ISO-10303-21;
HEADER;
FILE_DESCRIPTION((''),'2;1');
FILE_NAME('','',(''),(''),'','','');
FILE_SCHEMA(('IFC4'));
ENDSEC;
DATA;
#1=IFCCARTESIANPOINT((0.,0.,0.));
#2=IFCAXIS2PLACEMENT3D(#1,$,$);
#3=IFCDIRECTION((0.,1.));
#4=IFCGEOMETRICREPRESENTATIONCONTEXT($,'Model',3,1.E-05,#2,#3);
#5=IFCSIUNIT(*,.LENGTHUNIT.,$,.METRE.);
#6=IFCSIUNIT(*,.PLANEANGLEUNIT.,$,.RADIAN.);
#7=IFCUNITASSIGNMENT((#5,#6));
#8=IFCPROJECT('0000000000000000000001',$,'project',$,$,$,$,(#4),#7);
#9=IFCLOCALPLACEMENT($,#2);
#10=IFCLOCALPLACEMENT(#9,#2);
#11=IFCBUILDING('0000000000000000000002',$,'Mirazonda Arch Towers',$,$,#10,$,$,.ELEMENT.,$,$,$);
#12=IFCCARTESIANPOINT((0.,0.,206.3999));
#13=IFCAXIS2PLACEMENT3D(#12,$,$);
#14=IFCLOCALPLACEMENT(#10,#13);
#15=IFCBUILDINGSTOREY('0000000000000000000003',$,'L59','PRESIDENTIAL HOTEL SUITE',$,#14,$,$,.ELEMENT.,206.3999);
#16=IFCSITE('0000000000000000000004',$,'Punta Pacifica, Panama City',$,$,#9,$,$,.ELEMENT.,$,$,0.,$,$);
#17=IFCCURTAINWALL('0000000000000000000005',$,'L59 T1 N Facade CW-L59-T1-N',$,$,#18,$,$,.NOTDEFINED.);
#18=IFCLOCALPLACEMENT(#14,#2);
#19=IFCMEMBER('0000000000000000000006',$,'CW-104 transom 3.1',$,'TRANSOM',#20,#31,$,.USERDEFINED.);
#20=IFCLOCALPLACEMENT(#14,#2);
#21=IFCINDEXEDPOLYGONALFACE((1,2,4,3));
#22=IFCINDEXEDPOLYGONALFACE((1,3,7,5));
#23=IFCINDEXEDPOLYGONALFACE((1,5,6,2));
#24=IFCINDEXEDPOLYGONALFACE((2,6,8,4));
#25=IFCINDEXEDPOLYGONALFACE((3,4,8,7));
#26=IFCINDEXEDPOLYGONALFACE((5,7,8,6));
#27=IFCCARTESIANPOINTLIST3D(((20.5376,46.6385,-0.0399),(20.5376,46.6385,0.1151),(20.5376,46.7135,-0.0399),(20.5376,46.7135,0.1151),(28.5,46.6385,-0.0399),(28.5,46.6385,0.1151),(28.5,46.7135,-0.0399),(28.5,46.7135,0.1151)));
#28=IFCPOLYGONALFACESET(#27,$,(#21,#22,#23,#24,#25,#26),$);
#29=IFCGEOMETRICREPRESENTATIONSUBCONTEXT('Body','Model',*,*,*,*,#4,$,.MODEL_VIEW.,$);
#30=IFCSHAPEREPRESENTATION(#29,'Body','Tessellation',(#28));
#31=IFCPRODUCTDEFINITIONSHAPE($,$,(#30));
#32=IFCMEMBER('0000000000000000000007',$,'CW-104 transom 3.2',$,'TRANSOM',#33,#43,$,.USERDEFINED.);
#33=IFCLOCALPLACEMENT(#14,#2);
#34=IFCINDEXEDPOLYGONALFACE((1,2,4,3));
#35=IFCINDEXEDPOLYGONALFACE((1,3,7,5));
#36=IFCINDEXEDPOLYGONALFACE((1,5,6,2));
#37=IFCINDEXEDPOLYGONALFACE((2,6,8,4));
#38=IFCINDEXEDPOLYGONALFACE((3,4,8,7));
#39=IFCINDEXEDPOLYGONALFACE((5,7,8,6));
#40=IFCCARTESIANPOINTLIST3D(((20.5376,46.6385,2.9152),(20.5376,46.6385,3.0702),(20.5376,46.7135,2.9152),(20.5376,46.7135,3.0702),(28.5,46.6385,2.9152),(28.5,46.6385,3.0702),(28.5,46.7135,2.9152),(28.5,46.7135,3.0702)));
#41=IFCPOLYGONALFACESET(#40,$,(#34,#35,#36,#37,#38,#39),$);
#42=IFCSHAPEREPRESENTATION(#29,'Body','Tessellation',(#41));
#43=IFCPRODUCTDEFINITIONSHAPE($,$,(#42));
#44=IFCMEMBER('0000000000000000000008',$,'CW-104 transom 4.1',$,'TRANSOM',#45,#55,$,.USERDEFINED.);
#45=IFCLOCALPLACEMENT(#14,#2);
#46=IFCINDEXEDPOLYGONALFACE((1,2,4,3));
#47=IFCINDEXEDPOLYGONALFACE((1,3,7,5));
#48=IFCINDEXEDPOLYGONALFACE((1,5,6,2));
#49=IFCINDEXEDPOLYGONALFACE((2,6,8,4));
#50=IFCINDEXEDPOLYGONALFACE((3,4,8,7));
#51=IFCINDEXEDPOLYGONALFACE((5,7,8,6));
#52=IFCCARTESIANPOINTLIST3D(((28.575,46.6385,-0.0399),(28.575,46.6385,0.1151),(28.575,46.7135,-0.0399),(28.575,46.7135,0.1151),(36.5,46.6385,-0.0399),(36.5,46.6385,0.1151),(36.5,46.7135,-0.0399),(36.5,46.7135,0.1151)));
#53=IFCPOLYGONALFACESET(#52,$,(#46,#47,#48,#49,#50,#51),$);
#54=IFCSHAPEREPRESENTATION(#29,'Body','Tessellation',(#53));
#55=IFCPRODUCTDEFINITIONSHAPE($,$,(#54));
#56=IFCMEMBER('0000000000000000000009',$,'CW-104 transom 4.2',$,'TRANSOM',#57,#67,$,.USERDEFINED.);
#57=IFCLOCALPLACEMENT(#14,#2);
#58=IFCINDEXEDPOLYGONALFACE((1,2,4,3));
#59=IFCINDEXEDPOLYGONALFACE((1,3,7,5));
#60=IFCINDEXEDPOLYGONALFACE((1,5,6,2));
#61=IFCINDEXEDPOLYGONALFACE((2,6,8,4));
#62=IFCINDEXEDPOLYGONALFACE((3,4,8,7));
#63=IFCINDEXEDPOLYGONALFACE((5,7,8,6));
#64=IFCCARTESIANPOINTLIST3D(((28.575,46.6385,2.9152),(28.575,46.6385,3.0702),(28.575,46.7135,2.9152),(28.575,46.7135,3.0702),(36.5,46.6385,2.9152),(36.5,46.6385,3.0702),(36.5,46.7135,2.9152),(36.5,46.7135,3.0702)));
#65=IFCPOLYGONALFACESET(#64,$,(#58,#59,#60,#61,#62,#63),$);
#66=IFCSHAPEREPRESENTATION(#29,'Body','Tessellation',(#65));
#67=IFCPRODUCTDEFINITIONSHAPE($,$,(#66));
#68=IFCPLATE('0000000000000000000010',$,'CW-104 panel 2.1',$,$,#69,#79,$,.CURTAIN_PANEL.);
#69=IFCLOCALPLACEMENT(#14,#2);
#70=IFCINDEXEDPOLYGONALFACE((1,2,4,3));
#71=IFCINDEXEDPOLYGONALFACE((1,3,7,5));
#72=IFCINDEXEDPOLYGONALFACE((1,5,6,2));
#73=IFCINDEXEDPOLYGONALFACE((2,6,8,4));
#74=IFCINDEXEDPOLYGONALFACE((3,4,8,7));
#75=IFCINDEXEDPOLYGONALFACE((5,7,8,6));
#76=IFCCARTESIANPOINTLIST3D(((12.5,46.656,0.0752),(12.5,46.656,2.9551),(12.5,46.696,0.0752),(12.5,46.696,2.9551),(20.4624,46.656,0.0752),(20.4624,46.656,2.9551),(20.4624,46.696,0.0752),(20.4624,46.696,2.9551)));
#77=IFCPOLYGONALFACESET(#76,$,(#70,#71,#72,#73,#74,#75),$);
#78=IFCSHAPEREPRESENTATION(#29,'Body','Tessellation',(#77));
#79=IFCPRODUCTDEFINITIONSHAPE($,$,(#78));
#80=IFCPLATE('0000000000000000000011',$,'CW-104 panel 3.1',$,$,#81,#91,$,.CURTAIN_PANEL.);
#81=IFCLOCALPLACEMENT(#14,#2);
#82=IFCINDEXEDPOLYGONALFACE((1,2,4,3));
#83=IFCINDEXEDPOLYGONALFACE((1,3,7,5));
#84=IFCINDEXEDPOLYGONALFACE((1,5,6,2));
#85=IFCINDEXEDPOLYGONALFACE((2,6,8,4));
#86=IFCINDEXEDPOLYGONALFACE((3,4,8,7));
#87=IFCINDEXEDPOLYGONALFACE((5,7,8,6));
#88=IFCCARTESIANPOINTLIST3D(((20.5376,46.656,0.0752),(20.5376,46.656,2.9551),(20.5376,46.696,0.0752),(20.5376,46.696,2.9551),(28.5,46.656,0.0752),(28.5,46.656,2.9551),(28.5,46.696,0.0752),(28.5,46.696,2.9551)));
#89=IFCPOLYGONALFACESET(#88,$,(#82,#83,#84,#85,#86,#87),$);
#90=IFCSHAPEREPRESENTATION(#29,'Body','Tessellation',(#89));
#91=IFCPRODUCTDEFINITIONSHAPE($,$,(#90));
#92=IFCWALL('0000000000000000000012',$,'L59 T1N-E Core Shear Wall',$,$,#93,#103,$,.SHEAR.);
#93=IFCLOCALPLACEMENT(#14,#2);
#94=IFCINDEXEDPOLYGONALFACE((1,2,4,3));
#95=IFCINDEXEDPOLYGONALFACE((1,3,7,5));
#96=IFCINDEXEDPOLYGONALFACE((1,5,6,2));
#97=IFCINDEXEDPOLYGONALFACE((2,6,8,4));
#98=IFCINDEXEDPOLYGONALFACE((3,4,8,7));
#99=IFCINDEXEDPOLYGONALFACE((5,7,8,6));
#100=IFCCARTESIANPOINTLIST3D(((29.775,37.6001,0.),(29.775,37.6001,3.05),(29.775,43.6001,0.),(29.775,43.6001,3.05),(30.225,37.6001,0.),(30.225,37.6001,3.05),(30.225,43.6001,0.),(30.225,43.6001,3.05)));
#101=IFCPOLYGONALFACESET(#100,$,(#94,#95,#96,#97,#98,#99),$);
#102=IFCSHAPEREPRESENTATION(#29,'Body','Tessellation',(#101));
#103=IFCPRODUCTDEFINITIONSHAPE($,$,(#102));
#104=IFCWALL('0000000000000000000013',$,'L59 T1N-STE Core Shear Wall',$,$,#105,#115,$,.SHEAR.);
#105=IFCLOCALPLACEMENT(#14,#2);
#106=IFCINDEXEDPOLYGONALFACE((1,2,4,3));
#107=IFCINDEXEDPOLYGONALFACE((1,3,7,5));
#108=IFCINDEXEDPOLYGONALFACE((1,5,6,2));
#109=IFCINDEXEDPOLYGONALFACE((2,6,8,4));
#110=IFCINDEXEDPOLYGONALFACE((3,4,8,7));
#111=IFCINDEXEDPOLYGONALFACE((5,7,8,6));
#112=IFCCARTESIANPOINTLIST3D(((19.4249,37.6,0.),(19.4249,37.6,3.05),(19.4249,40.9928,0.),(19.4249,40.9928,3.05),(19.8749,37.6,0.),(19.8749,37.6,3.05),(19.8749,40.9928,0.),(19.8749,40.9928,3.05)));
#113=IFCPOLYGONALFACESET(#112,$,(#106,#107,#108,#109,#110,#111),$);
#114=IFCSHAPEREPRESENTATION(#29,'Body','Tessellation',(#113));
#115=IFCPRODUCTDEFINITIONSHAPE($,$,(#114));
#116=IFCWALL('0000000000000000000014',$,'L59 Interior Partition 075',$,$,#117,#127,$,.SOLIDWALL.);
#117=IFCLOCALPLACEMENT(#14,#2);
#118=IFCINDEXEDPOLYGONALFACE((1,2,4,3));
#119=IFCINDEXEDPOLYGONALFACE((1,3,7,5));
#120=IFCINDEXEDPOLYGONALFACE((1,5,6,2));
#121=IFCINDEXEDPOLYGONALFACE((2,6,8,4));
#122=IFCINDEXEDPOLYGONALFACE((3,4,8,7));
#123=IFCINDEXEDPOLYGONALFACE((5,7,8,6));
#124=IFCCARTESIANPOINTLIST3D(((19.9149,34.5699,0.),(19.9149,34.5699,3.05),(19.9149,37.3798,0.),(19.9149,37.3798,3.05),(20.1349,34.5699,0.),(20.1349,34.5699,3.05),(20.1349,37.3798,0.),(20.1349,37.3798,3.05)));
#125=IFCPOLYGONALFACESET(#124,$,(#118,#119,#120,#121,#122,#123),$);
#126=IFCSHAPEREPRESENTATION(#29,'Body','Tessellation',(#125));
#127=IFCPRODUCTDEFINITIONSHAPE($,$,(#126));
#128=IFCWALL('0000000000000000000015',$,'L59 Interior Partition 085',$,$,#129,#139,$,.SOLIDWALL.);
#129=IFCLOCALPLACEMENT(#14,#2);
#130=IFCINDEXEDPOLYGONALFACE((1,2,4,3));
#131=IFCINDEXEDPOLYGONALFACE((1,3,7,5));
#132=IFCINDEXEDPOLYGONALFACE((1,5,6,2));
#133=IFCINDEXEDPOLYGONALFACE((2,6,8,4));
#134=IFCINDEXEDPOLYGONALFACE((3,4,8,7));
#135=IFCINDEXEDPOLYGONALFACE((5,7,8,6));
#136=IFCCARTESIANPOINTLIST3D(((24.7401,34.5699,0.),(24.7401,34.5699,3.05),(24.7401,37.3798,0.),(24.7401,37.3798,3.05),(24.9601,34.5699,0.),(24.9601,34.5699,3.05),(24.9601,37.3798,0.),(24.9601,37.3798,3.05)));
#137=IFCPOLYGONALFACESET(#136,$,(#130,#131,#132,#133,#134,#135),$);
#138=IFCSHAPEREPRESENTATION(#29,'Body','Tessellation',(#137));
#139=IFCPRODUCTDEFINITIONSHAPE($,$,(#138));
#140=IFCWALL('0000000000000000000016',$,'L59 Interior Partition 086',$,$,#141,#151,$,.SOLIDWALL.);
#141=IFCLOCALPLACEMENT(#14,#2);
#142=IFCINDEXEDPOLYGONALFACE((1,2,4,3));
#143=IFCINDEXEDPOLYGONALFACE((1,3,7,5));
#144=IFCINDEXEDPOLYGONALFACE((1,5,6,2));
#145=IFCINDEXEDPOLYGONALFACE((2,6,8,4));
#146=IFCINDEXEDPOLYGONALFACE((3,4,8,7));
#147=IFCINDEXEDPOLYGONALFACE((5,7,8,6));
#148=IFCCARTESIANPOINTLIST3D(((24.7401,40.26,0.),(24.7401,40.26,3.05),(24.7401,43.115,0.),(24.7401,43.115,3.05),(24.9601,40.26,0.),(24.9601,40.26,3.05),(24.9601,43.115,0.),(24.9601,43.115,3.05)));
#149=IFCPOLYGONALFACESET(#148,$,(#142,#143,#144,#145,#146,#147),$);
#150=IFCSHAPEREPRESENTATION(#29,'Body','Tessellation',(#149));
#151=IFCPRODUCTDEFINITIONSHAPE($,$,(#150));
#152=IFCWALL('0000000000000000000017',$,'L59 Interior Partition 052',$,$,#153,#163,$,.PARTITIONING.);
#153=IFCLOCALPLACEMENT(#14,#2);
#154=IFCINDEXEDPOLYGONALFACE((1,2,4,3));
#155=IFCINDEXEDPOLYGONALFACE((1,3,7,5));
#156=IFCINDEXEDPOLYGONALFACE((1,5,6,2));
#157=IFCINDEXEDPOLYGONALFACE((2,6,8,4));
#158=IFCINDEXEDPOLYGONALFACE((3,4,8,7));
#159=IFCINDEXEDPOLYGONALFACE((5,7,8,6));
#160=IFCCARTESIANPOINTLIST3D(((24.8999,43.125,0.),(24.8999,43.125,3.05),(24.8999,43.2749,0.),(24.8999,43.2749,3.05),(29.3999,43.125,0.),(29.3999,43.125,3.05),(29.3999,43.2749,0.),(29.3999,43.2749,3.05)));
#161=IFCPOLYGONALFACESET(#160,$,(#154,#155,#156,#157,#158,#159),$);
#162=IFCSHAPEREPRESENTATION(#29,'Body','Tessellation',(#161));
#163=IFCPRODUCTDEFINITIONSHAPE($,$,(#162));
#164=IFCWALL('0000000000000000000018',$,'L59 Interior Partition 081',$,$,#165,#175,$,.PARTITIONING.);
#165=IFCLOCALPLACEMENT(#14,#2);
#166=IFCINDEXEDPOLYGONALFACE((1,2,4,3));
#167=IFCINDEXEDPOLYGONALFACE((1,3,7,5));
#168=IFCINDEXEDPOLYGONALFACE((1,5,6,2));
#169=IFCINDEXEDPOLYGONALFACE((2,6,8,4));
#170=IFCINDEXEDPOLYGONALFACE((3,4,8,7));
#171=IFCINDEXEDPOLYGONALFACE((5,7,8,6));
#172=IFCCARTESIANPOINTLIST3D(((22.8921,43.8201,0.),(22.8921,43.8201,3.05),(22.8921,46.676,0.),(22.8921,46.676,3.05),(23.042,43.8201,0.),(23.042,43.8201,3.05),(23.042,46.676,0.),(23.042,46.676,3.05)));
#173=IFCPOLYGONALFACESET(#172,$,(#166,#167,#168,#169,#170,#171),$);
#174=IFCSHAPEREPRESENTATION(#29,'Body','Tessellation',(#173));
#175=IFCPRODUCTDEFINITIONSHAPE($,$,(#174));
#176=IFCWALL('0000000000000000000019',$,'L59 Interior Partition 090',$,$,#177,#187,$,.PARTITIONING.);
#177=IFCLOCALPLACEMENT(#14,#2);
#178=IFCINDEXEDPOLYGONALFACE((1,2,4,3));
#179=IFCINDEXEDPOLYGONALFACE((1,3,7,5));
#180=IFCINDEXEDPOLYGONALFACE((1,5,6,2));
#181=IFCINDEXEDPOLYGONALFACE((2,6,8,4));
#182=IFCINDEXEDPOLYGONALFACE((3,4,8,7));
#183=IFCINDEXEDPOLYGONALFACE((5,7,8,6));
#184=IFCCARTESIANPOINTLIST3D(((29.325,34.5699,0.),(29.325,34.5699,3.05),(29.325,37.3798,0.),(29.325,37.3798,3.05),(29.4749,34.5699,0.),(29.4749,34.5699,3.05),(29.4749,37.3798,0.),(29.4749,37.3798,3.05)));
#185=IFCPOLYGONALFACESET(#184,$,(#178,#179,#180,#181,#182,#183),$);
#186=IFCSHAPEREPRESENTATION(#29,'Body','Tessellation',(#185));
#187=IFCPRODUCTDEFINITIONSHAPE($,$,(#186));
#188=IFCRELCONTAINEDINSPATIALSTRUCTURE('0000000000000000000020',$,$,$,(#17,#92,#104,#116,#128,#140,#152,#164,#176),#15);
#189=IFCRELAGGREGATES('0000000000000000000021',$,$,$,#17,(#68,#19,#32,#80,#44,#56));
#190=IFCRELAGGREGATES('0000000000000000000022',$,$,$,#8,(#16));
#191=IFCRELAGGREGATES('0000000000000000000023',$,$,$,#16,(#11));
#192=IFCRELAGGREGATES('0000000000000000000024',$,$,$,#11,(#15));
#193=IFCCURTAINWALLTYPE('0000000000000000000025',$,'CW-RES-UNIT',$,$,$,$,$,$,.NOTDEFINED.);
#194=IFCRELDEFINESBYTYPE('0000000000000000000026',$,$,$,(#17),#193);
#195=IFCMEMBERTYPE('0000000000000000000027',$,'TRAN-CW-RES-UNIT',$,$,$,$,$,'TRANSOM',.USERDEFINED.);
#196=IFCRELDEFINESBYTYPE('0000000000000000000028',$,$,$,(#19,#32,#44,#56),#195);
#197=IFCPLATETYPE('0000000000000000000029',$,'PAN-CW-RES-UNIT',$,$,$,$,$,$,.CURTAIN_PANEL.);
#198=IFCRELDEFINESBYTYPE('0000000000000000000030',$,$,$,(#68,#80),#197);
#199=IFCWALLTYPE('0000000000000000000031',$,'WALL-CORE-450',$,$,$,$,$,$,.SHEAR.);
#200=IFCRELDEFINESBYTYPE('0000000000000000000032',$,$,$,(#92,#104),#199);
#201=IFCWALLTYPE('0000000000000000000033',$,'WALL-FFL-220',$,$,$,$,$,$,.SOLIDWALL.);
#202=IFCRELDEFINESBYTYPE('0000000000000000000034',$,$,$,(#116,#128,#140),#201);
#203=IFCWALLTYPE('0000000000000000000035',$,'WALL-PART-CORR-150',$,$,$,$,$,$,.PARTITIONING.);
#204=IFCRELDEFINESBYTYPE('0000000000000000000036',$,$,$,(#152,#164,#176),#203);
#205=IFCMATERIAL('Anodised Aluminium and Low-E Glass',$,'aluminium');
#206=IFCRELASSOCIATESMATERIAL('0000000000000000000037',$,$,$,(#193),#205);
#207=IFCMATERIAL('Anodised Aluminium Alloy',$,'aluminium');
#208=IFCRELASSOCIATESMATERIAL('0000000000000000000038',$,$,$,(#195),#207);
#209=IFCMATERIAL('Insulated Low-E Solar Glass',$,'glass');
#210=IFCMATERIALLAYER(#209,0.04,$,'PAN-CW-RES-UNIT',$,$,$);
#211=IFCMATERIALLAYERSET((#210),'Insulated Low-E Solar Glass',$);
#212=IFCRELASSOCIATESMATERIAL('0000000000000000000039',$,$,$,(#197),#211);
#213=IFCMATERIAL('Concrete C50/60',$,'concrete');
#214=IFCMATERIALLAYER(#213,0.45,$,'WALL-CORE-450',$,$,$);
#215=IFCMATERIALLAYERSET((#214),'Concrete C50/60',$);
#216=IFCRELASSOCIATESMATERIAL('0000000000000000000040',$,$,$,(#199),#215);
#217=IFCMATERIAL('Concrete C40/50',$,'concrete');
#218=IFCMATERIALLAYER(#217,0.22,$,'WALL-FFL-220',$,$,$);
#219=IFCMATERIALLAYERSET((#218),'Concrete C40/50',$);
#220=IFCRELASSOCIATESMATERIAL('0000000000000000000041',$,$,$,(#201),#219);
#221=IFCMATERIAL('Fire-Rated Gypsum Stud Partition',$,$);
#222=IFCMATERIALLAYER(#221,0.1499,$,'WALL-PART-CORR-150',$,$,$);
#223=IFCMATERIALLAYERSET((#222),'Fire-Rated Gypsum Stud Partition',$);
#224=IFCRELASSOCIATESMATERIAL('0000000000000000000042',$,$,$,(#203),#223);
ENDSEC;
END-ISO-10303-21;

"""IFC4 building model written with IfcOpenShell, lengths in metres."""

from ifc_helpers import new_model, si_unit, direction, frame, frame_2d, origin, origin_2d, place, context, subcontext, project, spatial, rectangle, extrude, material, layer, layer_set, material_profile, profile_set, type_object, element, aggregate, save


model = new_model("IFC4")

# Units and contexts
model_context = context("Model", 3, precision=1e-05, world=origin(), true_north=direction((0.0, 1.0)))
body_context = subcontext(model_context, "Body", "Model", "MODEL_VIEW")
ifc_project = project(units=[si_unit("LENGTHUNIT", "METRE"), si_unit("PLANEANGLEUNIT", "RADIAN")], contexts=[model_context])

# Site, building, storey
site_placement = place(None, origin())
site = spatial("IfcSite", under=ifc_project, at=site_placement, Name="Punta Pacifica, Panama City", CompositionType="ELEMENT", RefElevation=0.0)
building_placement = place(site_placement, origin())
building = spatial("IfcBuilding", under=site, at=building_placement, Name="Mirazonda Arch Towers", CompositionType="ELEMENT")
storey_placement = place(building_placement, frame((0.0, 0.0, 206.3999)))
storey = spatial("IfcBuildingStorey", under=building, at=storey_placement, Name="L59", Description="PRESIDENTIAL HOTEL SUITE", CompositionType="ELEMENT", Elevation=206.3999)

# Shared definitions
ifc_material_1 = material(Name="Concrete C50/60", Category="concrete")

# Curtain wall, members, plates
ifc_material_2 = material(Name="Anodised Aluminium and Low-E Glass", Category="aluminium")
curtain_wall_type = type_object("IfcCurtainWallType", Name="CW-RES-UNIT", PredefinedType="NOTDEFINED", material=ifc_material_2)
curtain_wall_placement = place(storey_placement, origin())
curtain_wall = element("IfcCurtainWall", 1, at=curtain_wall_placement, inside=storey, type_object=curtain_wall_type, Name="L59 T1 N Facade CW-L59-T1-N", PredefinedType="NOTDEFINED")
ifc_material_3 = material(Name="Anodised Aluminium Alloy", Category="aluminium")
ifc_material_profile_1 = material_profile(ifc_material_3, rectangle(XDim=0.075, YDim=0.155, at=origin_2d()), Name="ALU-TRAN-75x155")
ifc_profile_set_1 = profile_set([ifc_material_profile_1], Name="Anodised Aluminium Alloy")
member_type_1 = type_object("IfcMemberType", Name="TRAN-CW-RES-UNIT", ElementType="TRANSOM", PredefinedType="USERDEFINED", material=ifc_profile_set_1)
member_1_placement = place(storey_placement, frame((20.5376, 46.676, 0.0376), z_axis=(1.0, 0.0, 0.0), x_axis=(0.0, 1.0, 0.0)))
member_1 = element("IfcMember", 2, at=member_1_placement, type_object=member_type_1, Name="CW-104 transom 3.1", ObjectType="TRANSOM", PredefinedType="USERDEFINED", context=body_context, shape_type="SweptSolid", body=[
    extrude(rectangle(XDim=0.075, YDim=0.155, at=origin_2d()), origin(), (0.0, 0.0, 1.0), 7.9624),
])
member_2_placement = place(storey_placement, frame((20.5376, 46.676, 2.9927), z_axis=(1.0, 0.0, 0.0), x_axis=(0.0, 1.0, 0.0)))
member_2 = element("IfcMember", 3, at=member_2_placement, type_object=member_type_1, Name="CW-104 transom 3.2", ObjectType="TRANSOM", PredefinedType="USERDEFINED", context=body_context, shape_type="SweptSolid", body=[
    extrude(rectangle(XDim=0.075, YDim=0.155, at=origin_2d()), origin(), (0.0, 0.0, 1.0), 7.9624),
])
member_3_placement = place(storey_placement, frame((28.575, 46.676, 0.0376), z_axis=(1.0, 0.0, 0.0), x_axis=(0.0, 1.0, 0.0)))
member_3 = element("IfcMember", 4, at=member_3_placement, type_object=member_type_1, Name="CW-104 transom 4.1", ObjectType="TRANSOM", PredefinedType="USERDEFINED", context=body_context, shape_type="SweptSolid", body=[
    extrude(rectangle(XDim=0.075, YDim=0.155, at=origin_2d()), origin(), (0.0, 0.0, 1.0), 7.925),
])
member_4_placement = place(storey_placement, frame((28.575, 46.676, 2.9927), z_axis=(1.0, 0.0, 0.0), x_axis=(0.0, 1.0, 0.0)))
member_4 = element("IfcMember", 5, at=member_4_placement, type_object=member_type_1, Name="CW-104 transom 4.2", ObjectType="TRANSOM", PredefinedType="USERDEFINED", context=body_context, shape_type="SweptSolid", body=[
    extrude(rectangle(XDim=0.075, YDim=0.155, at=origin_2d()), origin(), (0.0, 0.0, 1.0), 7.925),
])
ifc_material_4 = material(Name="Insulated Low-E Solar Glass", Category="glass")
ifc_layer_1 = layer(ifc_material_4, 0.04, Name="PAN-CW-RES-UNIT")
ifc_layer_set_1 = layer_set([ifc_layer_1], Name="Insulated Low-E Solar Glass")
plate_type = type_object("IfcPlateType", Name="PAN-CW-RES-UNIT", PredefinedType="CURTAIN_PANEL", material=ifc_layer_set_1)
plate_1_placement = place(storey_placement, frame((16.4812, 46.676, 0.0752), z_axis=(0.0, 0.0, 1.0), x_axis=(1.0, 0.0, 0.0)))
plate_1 = element("IfcPlate", 6, at=plate_1_placement, type_object=plate_type, Name="CW-104 panel 2.1", PredefinedType="CURTAIN_PANEL", context=body_context, shape_type="SweptSolid", body=[
    extrude(rectangle(XDim=7.9624, YDim=0.04, at=origin_2d()), origin(), (0.0, 0.0, 1.0), 2.8799),
])
plate_2_placement = place(storey_placement, frame((24.5188, 46.676, 0.0752), z_axis=(0.0, 0.0, 1.0), x_axis=(1.0, 0.0, 0.0)))
plate_2 = element("IfcPlate", 7, at=plate_2_placement, type_object=plate_type, Name="CW-104 panel 3.1", PredefinedType="CURTAIN_PANEL", context=body_context, shape_type="SweptSolid", body=[
    extrude(rectangle(XDim=7.9624, YDim=0.04, at=origin_2d()), origin(), (0.0, 0.0, 1.0), 2.8799),
])
aggregate(curtain_wall, [plate_1, member_1, member_2, plate_2, member_3, member_4])

# Walls
ifc_layer_2 = layer(ifc_material_1, 0.45, Name="WALL-CORE-450")
ifc_layer_set_2 = layer_set([ifc_layer_2], Name="Concrete C50/60")
wall_type_1 = type_object("IfcWallType", Name="WALL-CORE-450", PredefinedType="SHEAR", material=ifc_layer_set_2)
wall_1_placement = place(storey_placement, frame((30.0, 37.6001, 0.0), z_axis=(0.0, 0.0, 1.0), x_axis=(0.0, 1.0, 0.0)))
element("IfcWall", 8, at=wall_1_placement, inside=storey, type_object=wall_type_1, Name="L59 T1N-E Core Shear Wall", PredefinedType="SHEAR", context=body_context, shape_type="SweptSolid", body=[
    extrude(rectangle(XDim=6.0, YDim=0.45, at=frame_2d((3.0, 0.0))), origin(), (0.0, 0.0, 1.0), 3.05),
])
wall_2_placement = place(storey_placement, frame((19.6499, 37.6001, 0.0), z_axis=(0.0, 0.0, 1.0), x_axis=(0.0, 1.0, 0.0)))
element("IfcWall", 9, at=wall_2_placement, inside=storey, type_object=wall_type_1, Name="L59 T1N-STE Core Shear Wall", PredefinedType="SHEAR", context=body_context, shape_type="SweptSolid", body=[
    extrude(rectangle(XDim=3.3928, YDim=0.45, at=frame_2d((1.6963, 0.0))), origin(), (0.0, 0.0, 1.0), 3.05),
])
ifc_material_5 = material(Name="Concrete C40/50", Category="concrete")
ifc_layer_3 = layer(ifc_material_5, 0.22, Name="WALL-FFL-220")
ifc_layer_set_3 = layer_set([ifc_layer_3], Name="Concrete C40/50")
wall_type_2 = type_object("IfcWallType", Name="WALL-FFL-220", PredefinedType="SOLIDWALL", material=ifc_layer_set_3)
for number, where, z_axis, x_axis, name in (
    (10, (20.0249, 34.5701, 0.0), (0.0, 0.0, 1.0), (0.0, 1.0, 0.0), "L59 Interior Partition 075"),
    (11, (24.8501, 34.5701, 0.0), (0.0, 0.0, 1.0), (0.0, 1.0, 0.0), "L59 Interior Partition 085"),
):
    element("IfcWall", number, at=place(storey_placement, frame(where, z_axis=z_axis, x_axis=x_axis)), inside=storey, type_object=wall_type_2, Name=name, PredefinedType="SOLIDWALL", context=body_context, shape_type="SweptSolid", body=[
        extrude(rectangle(XDim=2.8098, YDim=0.22, at=frame_2d((1.4048, 0.0))), origin(), (0.0, 0.0, 1.0), 3.05),
    ])
wall_3_placement = place(storey_placement, frame((24.8501, 40.26, 0.0), z_axis=(0.0, 0.0, 1.0), x_axis=(0.0, 1.0, 0.0)))
element("IfcWall", 12, at=wall_3_placement, inside=storey, type_object=wall_type_2, Name="L59 Interior Partition 086", PredefinedType="SOLIDWALL", context=body_context, shape_type="SweptSolid", body=[
    extrude(rectangle(XDim=2.855, YDim=0.22, at=frame_2d((1.4275, 0.0))), origin(), (0.0, 0.0, 1.0), 3.05),
])
ifc_material_6 = material(Name="Fire-Rated Gypsum Stud Partition")
ifc_layer_4 = layer(ifc_material_6, 0.1499, Name="WALL-PART-CORR-150")
ifc_layer_set_4 = layer_set([ifc_layer_4], Name="Fire-Rated Gypsum Stud Partition")
wall_type_3 = type_object("IfcWallType", Name="WALL-PART-CORR-150", PredefinedType="PARTITIONING", material=ifc_layer_set_4)
wall_4_placement = place(storey_placement, frame((24.8999, 43.2, 0.0), z_axis=(0.0, 0.0, 1.0), x_axis=(1.0, 0.0, 0.0)))
element("IfcWall", 13, at=wall_4_placement, inside=storey, type_object=wall_type_3, Name="L59 Interior Partition 052", PredefinedType="PARTITIONING", context=body_context, shape_type="SweptSolid", body=[
    extrude(rectangle(XDim=4.5, YDim=0.1499, at=frame_2d((2.25, 0.0))), origin(), (0.0, 0.0, 1.0), 3.05),
])
wall_5_placement = place(storey_placement, frame((22.967, 43.8201, 0.0), z_axis=(0.0, 0.0, 1.0), x_axis=(0.0, 1.0, 0.0)))
element("IfcWall", 14, at=wall_5_placement, inside=storey, type_object=wall_type_3, Name="L59 Interior Partition 081", PredefinedType="PARTITIONING", context=body_context, shape_type="SweptSolid", body=[
    extrude(rectangle(XDim=2.856, YDim=0.1499, at=frame_2d((1.428, 0.0))), origin(), (0.0, 0.0, 1.0), 3.05),
])
wall_6_placement = place(storey_placement, frame((29.3999, 34.5701, 0.0), z_axis=(0.0, 0.0, 1.0), x_axis=(0.0, 1.0, 0.0)))
element("IfcWall", 15, at=wall_6_placement, inside=storey, type_object=wall_type_3, Name="L59 Interior Partition 090", PredefinedType="PARTITIONING", context=body_context, shape_type="SweptSolid", body=[
    extrude(rectangle(XDim=2.8098, YDim=0.1499, at=frame_2d((1.4048, 0.0))), origin(), (0.0, 0.0, 1.0), 3.05),
])

save(model, "model.ifc")
